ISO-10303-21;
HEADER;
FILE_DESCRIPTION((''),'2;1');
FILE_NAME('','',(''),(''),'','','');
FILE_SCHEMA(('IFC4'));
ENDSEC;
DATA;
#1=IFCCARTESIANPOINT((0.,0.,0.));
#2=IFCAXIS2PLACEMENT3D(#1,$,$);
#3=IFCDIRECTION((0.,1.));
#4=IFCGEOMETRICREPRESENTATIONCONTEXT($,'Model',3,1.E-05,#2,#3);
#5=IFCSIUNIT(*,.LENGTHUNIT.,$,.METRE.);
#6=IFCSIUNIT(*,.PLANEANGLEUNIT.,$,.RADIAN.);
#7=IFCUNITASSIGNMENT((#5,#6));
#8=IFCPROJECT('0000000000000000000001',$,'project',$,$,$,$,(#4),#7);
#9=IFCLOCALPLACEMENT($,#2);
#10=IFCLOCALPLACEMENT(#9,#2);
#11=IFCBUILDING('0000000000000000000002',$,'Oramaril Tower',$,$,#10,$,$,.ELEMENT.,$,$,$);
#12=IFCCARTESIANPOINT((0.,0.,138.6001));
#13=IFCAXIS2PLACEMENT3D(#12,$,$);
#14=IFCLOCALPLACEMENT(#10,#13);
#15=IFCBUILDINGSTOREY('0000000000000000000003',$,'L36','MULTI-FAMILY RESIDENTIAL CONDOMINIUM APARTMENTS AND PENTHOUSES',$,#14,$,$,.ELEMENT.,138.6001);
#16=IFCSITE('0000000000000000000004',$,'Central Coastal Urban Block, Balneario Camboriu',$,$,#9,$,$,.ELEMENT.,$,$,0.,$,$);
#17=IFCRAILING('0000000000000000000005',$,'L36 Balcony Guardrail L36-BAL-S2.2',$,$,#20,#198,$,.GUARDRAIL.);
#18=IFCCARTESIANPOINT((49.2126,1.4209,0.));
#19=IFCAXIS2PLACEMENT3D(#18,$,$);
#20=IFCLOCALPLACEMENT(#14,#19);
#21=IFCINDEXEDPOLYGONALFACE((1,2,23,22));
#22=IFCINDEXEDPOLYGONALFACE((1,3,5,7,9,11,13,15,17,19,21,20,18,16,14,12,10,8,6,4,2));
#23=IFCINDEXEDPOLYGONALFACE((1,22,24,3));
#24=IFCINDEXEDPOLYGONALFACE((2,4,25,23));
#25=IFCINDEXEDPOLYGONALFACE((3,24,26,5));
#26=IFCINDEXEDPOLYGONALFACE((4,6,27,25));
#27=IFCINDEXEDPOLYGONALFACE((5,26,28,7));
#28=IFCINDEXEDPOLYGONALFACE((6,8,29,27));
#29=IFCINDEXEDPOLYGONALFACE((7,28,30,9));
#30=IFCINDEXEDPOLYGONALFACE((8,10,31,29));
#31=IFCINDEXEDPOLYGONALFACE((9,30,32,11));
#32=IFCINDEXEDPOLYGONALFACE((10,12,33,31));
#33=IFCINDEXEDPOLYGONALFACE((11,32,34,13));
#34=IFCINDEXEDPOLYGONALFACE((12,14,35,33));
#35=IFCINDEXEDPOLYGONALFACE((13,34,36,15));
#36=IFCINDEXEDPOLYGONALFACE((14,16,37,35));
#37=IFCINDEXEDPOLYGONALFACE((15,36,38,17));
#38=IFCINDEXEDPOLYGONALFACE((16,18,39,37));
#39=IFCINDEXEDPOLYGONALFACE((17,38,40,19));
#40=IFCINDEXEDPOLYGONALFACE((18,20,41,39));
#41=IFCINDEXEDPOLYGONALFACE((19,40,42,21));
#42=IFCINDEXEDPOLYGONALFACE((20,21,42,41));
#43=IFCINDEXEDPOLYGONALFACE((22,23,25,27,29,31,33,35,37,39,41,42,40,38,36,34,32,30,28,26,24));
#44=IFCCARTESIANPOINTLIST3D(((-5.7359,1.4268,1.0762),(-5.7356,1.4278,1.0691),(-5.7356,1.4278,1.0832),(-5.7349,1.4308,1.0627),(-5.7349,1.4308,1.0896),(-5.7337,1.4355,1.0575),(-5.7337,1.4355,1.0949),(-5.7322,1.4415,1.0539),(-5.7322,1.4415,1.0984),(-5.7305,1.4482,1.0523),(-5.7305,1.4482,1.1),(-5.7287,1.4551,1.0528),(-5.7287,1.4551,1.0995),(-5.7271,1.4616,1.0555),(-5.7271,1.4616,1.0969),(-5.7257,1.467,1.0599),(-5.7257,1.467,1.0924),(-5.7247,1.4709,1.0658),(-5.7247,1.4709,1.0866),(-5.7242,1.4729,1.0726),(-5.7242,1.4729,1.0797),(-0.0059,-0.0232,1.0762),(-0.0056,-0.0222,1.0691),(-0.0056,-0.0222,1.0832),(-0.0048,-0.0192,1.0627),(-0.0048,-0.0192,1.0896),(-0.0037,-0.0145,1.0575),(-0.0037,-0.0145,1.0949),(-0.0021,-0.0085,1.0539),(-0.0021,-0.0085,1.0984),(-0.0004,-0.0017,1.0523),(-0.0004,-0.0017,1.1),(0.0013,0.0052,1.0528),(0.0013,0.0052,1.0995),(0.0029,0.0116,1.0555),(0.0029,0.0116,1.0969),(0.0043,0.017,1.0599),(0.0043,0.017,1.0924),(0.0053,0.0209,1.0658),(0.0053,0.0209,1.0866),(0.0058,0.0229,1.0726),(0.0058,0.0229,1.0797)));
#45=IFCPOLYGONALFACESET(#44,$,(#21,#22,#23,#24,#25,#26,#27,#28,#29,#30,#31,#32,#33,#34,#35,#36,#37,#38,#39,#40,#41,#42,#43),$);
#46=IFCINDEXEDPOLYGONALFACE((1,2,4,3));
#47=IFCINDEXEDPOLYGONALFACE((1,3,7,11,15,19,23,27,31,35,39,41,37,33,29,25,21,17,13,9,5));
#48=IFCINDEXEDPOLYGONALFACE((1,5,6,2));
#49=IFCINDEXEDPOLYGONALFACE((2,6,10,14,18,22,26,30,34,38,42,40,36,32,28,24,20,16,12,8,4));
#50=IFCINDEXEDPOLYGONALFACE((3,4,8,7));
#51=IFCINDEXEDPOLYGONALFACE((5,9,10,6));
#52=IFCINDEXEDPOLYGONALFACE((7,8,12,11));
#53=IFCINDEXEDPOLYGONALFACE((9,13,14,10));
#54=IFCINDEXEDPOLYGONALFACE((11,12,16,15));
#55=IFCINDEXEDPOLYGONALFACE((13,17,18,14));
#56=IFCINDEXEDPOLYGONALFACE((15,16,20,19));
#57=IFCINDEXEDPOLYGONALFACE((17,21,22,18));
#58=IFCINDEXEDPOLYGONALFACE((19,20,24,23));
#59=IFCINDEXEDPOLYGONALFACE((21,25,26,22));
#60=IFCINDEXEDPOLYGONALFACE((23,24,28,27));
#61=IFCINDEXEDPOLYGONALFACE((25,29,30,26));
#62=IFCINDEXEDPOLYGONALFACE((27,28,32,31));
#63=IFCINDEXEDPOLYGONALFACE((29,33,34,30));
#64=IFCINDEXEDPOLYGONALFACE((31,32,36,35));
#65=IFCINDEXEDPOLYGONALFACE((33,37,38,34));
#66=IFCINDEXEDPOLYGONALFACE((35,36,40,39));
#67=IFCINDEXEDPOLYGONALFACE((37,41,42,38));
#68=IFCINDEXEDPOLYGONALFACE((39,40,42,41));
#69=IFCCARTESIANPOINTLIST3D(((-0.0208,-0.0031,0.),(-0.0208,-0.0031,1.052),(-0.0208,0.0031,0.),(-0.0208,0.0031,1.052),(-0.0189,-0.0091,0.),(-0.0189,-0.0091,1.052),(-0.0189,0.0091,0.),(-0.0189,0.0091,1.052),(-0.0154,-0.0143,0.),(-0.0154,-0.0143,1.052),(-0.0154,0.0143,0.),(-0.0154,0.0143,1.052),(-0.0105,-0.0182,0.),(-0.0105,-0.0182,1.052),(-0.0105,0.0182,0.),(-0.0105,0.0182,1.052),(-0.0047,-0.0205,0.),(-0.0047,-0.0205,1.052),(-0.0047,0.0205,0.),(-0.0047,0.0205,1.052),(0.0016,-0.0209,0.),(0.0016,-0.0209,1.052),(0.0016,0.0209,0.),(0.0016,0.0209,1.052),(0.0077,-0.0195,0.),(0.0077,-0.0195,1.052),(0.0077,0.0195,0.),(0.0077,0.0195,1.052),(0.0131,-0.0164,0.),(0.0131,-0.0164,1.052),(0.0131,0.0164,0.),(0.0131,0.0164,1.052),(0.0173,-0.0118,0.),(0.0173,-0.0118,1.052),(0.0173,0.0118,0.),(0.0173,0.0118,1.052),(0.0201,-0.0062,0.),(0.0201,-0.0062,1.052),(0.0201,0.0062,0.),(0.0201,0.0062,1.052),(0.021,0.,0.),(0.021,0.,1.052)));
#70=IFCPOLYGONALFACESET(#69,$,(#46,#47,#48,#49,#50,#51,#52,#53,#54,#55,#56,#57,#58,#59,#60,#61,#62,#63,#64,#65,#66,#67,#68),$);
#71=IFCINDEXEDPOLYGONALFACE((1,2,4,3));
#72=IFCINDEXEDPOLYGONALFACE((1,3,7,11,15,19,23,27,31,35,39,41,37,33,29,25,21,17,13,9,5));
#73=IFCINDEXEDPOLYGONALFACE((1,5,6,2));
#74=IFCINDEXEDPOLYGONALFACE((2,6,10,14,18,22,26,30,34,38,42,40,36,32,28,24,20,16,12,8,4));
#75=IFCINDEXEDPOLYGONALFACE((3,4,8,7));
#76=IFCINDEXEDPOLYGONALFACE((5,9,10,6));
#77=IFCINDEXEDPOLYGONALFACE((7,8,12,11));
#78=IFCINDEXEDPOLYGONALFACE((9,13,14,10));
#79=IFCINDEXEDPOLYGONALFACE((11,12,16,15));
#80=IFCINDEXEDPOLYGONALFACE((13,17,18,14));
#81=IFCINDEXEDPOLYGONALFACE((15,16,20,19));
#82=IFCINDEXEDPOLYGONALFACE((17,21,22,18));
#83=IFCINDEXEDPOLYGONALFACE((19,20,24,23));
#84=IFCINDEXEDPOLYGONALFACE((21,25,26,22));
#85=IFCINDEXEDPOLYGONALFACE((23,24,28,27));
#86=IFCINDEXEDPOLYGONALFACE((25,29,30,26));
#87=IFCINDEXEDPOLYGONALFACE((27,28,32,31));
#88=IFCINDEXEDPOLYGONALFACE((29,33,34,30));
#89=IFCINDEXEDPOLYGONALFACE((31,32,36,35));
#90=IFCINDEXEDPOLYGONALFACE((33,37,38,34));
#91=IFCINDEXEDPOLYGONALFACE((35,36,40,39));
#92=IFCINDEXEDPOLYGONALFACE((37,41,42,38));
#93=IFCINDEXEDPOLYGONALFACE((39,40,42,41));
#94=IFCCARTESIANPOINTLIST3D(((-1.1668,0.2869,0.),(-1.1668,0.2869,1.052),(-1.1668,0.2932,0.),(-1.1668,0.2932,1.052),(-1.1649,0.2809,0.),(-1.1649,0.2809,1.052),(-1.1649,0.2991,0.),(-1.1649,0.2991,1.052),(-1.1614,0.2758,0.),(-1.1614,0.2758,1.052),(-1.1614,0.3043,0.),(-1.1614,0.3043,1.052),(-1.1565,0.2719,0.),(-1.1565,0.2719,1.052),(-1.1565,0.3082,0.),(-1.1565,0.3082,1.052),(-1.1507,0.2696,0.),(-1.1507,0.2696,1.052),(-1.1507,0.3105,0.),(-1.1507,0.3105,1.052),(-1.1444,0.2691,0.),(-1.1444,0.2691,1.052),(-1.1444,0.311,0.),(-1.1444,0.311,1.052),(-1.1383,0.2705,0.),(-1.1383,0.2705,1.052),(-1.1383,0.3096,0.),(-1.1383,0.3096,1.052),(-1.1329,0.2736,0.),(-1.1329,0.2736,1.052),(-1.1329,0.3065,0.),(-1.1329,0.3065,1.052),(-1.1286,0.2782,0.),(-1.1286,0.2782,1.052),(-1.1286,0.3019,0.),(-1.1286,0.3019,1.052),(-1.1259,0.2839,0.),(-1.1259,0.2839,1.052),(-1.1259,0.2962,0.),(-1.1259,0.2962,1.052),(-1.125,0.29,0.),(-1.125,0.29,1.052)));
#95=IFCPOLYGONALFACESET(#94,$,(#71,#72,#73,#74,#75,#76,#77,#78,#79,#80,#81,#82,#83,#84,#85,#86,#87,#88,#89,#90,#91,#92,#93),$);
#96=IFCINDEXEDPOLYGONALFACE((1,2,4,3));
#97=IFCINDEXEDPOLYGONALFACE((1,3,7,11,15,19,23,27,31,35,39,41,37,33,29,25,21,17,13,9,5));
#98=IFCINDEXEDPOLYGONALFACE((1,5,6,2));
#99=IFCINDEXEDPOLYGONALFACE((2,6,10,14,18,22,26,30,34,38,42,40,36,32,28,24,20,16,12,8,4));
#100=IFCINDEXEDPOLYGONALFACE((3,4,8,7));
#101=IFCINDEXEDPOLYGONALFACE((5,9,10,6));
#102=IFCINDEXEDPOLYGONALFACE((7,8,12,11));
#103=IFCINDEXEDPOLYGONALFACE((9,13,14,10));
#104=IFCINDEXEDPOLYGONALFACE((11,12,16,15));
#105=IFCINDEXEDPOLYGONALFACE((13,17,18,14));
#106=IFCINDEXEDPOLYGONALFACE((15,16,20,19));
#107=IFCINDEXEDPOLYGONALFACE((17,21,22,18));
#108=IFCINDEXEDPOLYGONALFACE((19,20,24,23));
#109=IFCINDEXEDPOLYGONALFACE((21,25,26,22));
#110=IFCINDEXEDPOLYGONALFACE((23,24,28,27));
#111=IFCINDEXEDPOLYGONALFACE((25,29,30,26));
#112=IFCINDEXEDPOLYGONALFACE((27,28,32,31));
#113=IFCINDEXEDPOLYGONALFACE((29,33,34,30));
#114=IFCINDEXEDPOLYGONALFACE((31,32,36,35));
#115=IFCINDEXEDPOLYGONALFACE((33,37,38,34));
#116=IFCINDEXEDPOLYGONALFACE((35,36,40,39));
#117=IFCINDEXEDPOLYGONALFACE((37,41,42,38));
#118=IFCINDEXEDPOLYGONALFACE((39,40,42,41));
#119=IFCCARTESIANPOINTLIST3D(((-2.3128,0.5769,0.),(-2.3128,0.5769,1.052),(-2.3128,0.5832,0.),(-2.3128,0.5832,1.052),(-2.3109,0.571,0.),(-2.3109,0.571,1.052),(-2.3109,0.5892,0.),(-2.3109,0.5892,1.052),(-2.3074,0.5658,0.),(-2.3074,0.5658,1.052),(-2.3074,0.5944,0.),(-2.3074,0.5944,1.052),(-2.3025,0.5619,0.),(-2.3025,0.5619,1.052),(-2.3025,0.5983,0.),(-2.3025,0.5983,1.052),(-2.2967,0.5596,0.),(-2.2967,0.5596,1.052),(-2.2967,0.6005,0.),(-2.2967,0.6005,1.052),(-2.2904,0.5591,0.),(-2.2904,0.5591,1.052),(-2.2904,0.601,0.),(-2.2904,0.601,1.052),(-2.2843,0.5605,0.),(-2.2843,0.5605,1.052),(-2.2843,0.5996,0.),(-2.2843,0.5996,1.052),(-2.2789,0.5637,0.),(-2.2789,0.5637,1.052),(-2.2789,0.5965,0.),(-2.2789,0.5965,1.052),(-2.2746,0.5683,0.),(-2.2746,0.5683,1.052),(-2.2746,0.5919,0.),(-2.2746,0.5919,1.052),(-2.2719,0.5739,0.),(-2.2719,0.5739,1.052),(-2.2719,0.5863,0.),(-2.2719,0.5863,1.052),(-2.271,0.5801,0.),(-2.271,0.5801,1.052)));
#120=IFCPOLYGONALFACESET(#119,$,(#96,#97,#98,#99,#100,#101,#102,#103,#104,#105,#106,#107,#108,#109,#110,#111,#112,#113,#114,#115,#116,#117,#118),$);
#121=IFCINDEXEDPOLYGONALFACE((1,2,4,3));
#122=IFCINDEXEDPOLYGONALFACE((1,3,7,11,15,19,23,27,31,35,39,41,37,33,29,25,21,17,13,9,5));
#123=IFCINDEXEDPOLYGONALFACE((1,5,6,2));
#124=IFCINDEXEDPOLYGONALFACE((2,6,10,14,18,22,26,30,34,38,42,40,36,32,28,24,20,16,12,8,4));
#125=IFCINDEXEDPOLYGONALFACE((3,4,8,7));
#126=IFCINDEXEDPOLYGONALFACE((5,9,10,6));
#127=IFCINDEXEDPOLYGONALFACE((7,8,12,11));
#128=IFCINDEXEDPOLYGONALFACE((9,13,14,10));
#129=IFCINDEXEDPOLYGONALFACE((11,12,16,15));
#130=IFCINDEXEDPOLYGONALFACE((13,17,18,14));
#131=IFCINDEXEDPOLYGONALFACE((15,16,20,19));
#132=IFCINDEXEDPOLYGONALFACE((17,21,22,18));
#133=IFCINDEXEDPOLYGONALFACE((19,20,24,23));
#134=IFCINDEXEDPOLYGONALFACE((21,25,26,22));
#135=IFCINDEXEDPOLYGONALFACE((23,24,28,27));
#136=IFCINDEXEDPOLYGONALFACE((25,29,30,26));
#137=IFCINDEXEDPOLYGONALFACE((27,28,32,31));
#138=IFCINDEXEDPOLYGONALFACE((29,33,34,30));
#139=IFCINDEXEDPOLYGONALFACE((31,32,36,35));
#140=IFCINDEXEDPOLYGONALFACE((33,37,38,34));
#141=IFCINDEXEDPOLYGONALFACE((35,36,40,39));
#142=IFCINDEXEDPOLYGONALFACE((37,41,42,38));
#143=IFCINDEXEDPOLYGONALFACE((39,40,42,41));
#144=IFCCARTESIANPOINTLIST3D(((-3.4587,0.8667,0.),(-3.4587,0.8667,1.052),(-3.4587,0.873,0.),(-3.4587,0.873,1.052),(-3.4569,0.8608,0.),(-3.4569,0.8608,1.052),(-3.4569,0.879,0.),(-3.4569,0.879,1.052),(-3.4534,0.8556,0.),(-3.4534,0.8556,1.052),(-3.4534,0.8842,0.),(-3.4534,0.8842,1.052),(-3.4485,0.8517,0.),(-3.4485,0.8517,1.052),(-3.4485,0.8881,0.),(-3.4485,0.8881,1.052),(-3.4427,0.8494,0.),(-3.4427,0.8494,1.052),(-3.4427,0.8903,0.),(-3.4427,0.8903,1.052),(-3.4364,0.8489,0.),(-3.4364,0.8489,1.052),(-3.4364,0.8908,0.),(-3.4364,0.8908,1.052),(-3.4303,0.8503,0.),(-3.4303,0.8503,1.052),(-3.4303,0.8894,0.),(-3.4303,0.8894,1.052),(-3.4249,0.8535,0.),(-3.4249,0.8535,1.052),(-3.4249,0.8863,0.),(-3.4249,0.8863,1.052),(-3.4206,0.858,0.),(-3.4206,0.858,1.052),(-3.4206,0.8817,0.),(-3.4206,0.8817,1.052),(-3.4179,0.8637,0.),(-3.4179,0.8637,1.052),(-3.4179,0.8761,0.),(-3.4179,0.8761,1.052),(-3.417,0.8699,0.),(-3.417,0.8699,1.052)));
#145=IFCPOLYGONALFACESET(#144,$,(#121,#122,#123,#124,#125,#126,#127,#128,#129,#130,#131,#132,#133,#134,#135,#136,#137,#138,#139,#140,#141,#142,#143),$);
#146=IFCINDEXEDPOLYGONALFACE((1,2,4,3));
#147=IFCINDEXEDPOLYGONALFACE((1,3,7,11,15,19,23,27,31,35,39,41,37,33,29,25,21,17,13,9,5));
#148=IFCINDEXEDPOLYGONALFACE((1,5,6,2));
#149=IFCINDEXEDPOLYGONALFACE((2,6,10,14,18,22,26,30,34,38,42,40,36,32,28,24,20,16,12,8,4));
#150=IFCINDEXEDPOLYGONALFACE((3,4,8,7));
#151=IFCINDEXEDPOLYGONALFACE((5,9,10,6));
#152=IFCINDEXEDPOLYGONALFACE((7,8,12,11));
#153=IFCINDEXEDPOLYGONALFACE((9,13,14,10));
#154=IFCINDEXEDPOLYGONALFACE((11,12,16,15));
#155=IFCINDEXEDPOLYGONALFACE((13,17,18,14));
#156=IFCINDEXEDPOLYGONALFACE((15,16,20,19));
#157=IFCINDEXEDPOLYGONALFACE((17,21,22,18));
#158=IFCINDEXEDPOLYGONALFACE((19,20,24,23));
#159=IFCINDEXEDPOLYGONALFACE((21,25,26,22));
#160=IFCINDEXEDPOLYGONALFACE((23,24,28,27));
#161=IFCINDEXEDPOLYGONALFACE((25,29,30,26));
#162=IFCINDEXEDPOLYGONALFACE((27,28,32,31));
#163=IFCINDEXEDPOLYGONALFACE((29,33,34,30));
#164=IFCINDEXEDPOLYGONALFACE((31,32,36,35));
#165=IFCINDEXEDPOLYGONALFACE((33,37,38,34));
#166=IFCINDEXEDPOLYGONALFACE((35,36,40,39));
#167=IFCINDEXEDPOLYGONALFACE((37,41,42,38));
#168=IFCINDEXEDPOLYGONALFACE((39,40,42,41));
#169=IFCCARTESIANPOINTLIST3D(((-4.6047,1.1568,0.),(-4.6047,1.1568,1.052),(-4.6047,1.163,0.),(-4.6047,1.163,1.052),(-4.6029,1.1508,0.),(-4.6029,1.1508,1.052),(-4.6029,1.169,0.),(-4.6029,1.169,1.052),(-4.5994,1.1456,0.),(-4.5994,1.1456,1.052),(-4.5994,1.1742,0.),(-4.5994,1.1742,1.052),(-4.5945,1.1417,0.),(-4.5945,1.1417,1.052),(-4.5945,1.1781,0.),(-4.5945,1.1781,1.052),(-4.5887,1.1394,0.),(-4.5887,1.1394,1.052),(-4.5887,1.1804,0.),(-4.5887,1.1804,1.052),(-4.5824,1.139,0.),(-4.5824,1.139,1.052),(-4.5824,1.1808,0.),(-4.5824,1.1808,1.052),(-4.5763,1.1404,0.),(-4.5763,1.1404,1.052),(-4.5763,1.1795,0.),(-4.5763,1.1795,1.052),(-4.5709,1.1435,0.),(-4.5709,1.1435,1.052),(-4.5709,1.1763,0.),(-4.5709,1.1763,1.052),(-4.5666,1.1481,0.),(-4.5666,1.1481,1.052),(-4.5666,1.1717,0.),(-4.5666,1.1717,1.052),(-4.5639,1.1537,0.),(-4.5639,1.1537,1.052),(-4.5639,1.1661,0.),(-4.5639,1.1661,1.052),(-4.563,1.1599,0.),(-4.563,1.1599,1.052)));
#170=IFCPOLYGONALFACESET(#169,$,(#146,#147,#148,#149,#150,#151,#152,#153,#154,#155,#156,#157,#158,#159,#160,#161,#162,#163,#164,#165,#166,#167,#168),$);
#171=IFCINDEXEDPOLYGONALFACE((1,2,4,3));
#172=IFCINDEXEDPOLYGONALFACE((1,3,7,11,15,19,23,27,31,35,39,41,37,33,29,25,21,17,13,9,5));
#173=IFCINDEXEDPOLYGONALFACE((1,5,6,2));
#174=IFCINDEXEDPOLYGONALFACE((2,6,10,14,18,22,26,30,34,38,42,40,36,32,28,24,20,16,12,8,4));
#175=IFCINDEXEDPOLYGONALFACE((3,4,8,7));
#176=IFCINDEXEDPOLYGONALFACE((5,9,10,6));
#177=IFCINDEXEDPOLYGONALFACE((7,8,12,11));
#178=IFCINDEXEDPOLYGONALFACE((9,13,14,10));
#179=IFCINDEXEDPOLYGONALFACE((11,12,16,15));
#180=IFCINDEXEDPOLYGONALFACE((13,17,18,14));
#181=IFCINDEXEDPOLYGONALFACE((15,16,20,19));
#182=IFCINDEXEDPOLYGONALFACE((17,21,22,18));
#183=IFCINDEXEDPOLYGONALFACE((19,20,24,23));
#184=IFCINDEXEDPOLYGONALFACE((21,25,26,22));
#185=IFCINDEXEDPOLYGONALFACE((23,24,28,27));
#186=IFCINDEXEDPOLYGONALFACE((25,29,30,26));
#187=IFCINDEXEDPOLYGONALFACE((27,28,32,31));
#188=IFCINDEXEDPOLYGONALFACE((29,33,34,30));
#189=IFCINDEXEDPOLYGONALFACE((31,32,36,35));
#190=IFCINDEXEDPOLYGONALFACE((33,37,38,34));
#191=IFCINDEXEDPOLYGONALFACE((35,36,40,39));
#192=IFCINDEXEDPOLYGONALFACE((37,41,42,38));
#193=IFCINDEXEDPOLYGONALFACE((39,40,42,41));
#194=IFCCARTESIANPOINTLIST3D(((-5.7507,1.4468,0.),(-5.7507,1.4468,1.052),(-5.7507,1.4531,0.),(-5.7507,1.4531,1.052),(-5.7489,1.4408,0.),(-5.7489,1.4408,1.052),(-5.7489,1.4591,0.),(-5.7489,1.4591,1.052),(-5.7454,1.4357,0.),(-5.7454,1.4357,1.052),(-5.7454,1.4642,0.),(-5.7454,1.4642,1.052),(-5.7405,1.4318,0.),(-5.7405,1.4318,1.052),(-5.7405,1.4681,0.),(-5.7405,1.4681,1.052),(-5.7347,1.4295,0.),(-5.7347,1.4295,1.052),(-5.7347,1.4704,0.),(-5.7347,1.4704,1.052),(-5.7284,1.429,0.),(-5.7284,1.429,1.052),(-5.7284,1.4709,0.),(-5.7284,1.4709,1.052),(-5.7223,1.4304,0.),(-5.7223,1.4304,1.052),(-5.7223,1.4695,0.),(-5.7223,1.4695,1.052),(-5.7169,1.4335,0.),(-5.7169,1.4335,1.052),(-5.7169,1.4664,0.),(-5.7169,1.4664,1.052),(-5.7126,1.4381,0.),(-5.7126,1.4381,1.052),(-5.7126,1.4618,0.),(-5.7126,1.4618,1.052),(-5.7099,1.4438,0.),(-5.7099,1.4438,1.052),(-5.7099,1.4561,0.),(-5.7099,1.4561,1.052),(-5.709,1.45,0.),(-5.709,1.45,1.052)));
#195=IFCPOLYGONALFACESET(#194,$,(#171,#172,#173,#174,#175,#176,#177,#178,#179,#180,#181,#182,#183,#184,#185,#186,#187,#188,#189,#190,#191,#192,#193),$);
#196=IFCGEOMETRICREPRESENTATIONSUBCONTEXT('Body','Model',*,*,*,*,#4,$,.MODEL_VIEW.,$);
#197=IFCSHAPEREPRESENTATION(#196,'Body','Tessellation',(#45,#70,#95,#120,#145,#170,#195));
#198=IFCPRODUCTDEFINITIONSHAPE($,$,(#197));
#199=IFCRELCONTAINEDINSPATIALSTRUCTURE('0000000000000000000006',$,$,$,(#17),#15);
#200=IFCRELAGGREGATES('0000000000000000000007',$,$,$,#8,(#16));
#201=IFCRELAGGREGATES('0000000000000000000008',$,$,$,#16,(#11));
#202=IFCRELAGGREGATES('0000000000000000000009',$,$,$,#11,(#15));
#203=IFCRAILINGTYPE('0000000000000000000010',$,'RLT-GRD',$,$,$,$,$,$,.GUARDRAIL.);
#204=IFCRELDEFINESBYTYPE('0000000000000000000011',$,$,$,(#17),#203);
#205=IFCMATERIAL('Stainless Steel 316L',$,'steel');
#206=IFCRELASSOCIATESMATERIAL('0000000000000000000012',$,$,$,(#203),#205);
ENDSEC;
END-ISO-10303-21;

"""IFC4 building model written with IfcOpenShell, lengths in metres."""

from ifc_helpers import new_model, si_unit, direction, frame, origin, origin_2d, place, context, subcontext, project, spatial, circle, extrude, material, type_object, element, save


model = new_model("IFC4")

# Units and contexts
model_context = context("Model", 3, precision=1e-05, world=origin(), true_north=direction((0.0, 1.0)))
body_context = subcontext(model_context, "Body", "Model", "MODEL_VIEW")
ifc_project = project(units=[si_unit("LENGTHUNIT", "METRE"), si_unit("PLANEANGLEUNIT", "RADIAN")], contexts=[model_context])

# Site, building, storey
site_placement = place(None, origin())
site = spatial("IfcSite", under=ifc_project, at=site_placement, Name="Central Coastal Urban Block, Balneario Camboriu", CompositionType="ELEMENT", RefElevation=0.0)
building_placement = place(site_placement, origin())
building = spatial("IfcBuilding", under=site, at=building_placement, Name="Oramaril Tower", CompositionType="ELEMENT")
storey_placement = place(building_placement, frame((0.0, 0.0, 138.6001)))
storey = spatial("IfcBuildingStorey", under=building, at=storey_placement, Name="L36", Description="MULTI-FAMILY RESIDENTIAL CONDOMINIUM APARTMENTS AND PENTHOUSES", CompositionType="ELEMENT", Elevation=138.6001)

# Railing
ifc_material_1 = material(Name="Stainless Steel 316L", Category="steel")
railing_type = type_object("IfcRailingType", Name="RLT-GRD", PredefinedType="GUARDRAIL", material=ifc_material_1)
railing_1_placement = place(storey_placement, frame((49.2126, 1.4209, 0.0)))
element("IfcRailing", 1, at=railing_1_placement, inside=storey, type_object=railing_type, Name="L36 Balcony Guardrail L36-BAL-S2.2", PredefinedType="GUARDRAIL", context=body_context, shape_type="SweptSolid", body=[
    extrude(circle(Radius=0.0239, at=origin_2d()), frame((0.0, 0.0, 1.0762), z_axis=(-0.969444, 0.245314, 0.0), x_axis=(-0.245314, -0.969444, 0.0)), (0.0, 0.0, 1.0), 5.9106),
    extrude(circle(Radius=0.021, at=origin_2d()), origin(), (0.0, 0.0, 1.0), 1.052),
    extrude(circle(Radius=0.021, at=origin_2d()), frame((-1.146, 0.29, 0.0)), (0.0, 0.0, 1.0), 1.052),
    extrude(circle(Radius=0.021, at=origin_2d()), frame((-2.292, 0.5801, 0.0)), (0.0, 0.0, 1.0), 1.052),
    extrude(circle(Radius=0.021, at=origin_2d()), frame((-3.438, 0.8699, 0.0)), (0.0, 0.0, 1.0), 1.052),
    extrude(circle(Radius=0.021, at=origin_2d()), frame((-4.584, 1.1599, 0.0)), (0.0, 0.0, 1.0), 1.052),
    extrude(circle(Radius=0.021, at=origin_2d()), frame((-5.73, 1.45, 0.0)), (0.0, 0.0, 1.0), 1.052),
])

save(model, "model.ifc")
